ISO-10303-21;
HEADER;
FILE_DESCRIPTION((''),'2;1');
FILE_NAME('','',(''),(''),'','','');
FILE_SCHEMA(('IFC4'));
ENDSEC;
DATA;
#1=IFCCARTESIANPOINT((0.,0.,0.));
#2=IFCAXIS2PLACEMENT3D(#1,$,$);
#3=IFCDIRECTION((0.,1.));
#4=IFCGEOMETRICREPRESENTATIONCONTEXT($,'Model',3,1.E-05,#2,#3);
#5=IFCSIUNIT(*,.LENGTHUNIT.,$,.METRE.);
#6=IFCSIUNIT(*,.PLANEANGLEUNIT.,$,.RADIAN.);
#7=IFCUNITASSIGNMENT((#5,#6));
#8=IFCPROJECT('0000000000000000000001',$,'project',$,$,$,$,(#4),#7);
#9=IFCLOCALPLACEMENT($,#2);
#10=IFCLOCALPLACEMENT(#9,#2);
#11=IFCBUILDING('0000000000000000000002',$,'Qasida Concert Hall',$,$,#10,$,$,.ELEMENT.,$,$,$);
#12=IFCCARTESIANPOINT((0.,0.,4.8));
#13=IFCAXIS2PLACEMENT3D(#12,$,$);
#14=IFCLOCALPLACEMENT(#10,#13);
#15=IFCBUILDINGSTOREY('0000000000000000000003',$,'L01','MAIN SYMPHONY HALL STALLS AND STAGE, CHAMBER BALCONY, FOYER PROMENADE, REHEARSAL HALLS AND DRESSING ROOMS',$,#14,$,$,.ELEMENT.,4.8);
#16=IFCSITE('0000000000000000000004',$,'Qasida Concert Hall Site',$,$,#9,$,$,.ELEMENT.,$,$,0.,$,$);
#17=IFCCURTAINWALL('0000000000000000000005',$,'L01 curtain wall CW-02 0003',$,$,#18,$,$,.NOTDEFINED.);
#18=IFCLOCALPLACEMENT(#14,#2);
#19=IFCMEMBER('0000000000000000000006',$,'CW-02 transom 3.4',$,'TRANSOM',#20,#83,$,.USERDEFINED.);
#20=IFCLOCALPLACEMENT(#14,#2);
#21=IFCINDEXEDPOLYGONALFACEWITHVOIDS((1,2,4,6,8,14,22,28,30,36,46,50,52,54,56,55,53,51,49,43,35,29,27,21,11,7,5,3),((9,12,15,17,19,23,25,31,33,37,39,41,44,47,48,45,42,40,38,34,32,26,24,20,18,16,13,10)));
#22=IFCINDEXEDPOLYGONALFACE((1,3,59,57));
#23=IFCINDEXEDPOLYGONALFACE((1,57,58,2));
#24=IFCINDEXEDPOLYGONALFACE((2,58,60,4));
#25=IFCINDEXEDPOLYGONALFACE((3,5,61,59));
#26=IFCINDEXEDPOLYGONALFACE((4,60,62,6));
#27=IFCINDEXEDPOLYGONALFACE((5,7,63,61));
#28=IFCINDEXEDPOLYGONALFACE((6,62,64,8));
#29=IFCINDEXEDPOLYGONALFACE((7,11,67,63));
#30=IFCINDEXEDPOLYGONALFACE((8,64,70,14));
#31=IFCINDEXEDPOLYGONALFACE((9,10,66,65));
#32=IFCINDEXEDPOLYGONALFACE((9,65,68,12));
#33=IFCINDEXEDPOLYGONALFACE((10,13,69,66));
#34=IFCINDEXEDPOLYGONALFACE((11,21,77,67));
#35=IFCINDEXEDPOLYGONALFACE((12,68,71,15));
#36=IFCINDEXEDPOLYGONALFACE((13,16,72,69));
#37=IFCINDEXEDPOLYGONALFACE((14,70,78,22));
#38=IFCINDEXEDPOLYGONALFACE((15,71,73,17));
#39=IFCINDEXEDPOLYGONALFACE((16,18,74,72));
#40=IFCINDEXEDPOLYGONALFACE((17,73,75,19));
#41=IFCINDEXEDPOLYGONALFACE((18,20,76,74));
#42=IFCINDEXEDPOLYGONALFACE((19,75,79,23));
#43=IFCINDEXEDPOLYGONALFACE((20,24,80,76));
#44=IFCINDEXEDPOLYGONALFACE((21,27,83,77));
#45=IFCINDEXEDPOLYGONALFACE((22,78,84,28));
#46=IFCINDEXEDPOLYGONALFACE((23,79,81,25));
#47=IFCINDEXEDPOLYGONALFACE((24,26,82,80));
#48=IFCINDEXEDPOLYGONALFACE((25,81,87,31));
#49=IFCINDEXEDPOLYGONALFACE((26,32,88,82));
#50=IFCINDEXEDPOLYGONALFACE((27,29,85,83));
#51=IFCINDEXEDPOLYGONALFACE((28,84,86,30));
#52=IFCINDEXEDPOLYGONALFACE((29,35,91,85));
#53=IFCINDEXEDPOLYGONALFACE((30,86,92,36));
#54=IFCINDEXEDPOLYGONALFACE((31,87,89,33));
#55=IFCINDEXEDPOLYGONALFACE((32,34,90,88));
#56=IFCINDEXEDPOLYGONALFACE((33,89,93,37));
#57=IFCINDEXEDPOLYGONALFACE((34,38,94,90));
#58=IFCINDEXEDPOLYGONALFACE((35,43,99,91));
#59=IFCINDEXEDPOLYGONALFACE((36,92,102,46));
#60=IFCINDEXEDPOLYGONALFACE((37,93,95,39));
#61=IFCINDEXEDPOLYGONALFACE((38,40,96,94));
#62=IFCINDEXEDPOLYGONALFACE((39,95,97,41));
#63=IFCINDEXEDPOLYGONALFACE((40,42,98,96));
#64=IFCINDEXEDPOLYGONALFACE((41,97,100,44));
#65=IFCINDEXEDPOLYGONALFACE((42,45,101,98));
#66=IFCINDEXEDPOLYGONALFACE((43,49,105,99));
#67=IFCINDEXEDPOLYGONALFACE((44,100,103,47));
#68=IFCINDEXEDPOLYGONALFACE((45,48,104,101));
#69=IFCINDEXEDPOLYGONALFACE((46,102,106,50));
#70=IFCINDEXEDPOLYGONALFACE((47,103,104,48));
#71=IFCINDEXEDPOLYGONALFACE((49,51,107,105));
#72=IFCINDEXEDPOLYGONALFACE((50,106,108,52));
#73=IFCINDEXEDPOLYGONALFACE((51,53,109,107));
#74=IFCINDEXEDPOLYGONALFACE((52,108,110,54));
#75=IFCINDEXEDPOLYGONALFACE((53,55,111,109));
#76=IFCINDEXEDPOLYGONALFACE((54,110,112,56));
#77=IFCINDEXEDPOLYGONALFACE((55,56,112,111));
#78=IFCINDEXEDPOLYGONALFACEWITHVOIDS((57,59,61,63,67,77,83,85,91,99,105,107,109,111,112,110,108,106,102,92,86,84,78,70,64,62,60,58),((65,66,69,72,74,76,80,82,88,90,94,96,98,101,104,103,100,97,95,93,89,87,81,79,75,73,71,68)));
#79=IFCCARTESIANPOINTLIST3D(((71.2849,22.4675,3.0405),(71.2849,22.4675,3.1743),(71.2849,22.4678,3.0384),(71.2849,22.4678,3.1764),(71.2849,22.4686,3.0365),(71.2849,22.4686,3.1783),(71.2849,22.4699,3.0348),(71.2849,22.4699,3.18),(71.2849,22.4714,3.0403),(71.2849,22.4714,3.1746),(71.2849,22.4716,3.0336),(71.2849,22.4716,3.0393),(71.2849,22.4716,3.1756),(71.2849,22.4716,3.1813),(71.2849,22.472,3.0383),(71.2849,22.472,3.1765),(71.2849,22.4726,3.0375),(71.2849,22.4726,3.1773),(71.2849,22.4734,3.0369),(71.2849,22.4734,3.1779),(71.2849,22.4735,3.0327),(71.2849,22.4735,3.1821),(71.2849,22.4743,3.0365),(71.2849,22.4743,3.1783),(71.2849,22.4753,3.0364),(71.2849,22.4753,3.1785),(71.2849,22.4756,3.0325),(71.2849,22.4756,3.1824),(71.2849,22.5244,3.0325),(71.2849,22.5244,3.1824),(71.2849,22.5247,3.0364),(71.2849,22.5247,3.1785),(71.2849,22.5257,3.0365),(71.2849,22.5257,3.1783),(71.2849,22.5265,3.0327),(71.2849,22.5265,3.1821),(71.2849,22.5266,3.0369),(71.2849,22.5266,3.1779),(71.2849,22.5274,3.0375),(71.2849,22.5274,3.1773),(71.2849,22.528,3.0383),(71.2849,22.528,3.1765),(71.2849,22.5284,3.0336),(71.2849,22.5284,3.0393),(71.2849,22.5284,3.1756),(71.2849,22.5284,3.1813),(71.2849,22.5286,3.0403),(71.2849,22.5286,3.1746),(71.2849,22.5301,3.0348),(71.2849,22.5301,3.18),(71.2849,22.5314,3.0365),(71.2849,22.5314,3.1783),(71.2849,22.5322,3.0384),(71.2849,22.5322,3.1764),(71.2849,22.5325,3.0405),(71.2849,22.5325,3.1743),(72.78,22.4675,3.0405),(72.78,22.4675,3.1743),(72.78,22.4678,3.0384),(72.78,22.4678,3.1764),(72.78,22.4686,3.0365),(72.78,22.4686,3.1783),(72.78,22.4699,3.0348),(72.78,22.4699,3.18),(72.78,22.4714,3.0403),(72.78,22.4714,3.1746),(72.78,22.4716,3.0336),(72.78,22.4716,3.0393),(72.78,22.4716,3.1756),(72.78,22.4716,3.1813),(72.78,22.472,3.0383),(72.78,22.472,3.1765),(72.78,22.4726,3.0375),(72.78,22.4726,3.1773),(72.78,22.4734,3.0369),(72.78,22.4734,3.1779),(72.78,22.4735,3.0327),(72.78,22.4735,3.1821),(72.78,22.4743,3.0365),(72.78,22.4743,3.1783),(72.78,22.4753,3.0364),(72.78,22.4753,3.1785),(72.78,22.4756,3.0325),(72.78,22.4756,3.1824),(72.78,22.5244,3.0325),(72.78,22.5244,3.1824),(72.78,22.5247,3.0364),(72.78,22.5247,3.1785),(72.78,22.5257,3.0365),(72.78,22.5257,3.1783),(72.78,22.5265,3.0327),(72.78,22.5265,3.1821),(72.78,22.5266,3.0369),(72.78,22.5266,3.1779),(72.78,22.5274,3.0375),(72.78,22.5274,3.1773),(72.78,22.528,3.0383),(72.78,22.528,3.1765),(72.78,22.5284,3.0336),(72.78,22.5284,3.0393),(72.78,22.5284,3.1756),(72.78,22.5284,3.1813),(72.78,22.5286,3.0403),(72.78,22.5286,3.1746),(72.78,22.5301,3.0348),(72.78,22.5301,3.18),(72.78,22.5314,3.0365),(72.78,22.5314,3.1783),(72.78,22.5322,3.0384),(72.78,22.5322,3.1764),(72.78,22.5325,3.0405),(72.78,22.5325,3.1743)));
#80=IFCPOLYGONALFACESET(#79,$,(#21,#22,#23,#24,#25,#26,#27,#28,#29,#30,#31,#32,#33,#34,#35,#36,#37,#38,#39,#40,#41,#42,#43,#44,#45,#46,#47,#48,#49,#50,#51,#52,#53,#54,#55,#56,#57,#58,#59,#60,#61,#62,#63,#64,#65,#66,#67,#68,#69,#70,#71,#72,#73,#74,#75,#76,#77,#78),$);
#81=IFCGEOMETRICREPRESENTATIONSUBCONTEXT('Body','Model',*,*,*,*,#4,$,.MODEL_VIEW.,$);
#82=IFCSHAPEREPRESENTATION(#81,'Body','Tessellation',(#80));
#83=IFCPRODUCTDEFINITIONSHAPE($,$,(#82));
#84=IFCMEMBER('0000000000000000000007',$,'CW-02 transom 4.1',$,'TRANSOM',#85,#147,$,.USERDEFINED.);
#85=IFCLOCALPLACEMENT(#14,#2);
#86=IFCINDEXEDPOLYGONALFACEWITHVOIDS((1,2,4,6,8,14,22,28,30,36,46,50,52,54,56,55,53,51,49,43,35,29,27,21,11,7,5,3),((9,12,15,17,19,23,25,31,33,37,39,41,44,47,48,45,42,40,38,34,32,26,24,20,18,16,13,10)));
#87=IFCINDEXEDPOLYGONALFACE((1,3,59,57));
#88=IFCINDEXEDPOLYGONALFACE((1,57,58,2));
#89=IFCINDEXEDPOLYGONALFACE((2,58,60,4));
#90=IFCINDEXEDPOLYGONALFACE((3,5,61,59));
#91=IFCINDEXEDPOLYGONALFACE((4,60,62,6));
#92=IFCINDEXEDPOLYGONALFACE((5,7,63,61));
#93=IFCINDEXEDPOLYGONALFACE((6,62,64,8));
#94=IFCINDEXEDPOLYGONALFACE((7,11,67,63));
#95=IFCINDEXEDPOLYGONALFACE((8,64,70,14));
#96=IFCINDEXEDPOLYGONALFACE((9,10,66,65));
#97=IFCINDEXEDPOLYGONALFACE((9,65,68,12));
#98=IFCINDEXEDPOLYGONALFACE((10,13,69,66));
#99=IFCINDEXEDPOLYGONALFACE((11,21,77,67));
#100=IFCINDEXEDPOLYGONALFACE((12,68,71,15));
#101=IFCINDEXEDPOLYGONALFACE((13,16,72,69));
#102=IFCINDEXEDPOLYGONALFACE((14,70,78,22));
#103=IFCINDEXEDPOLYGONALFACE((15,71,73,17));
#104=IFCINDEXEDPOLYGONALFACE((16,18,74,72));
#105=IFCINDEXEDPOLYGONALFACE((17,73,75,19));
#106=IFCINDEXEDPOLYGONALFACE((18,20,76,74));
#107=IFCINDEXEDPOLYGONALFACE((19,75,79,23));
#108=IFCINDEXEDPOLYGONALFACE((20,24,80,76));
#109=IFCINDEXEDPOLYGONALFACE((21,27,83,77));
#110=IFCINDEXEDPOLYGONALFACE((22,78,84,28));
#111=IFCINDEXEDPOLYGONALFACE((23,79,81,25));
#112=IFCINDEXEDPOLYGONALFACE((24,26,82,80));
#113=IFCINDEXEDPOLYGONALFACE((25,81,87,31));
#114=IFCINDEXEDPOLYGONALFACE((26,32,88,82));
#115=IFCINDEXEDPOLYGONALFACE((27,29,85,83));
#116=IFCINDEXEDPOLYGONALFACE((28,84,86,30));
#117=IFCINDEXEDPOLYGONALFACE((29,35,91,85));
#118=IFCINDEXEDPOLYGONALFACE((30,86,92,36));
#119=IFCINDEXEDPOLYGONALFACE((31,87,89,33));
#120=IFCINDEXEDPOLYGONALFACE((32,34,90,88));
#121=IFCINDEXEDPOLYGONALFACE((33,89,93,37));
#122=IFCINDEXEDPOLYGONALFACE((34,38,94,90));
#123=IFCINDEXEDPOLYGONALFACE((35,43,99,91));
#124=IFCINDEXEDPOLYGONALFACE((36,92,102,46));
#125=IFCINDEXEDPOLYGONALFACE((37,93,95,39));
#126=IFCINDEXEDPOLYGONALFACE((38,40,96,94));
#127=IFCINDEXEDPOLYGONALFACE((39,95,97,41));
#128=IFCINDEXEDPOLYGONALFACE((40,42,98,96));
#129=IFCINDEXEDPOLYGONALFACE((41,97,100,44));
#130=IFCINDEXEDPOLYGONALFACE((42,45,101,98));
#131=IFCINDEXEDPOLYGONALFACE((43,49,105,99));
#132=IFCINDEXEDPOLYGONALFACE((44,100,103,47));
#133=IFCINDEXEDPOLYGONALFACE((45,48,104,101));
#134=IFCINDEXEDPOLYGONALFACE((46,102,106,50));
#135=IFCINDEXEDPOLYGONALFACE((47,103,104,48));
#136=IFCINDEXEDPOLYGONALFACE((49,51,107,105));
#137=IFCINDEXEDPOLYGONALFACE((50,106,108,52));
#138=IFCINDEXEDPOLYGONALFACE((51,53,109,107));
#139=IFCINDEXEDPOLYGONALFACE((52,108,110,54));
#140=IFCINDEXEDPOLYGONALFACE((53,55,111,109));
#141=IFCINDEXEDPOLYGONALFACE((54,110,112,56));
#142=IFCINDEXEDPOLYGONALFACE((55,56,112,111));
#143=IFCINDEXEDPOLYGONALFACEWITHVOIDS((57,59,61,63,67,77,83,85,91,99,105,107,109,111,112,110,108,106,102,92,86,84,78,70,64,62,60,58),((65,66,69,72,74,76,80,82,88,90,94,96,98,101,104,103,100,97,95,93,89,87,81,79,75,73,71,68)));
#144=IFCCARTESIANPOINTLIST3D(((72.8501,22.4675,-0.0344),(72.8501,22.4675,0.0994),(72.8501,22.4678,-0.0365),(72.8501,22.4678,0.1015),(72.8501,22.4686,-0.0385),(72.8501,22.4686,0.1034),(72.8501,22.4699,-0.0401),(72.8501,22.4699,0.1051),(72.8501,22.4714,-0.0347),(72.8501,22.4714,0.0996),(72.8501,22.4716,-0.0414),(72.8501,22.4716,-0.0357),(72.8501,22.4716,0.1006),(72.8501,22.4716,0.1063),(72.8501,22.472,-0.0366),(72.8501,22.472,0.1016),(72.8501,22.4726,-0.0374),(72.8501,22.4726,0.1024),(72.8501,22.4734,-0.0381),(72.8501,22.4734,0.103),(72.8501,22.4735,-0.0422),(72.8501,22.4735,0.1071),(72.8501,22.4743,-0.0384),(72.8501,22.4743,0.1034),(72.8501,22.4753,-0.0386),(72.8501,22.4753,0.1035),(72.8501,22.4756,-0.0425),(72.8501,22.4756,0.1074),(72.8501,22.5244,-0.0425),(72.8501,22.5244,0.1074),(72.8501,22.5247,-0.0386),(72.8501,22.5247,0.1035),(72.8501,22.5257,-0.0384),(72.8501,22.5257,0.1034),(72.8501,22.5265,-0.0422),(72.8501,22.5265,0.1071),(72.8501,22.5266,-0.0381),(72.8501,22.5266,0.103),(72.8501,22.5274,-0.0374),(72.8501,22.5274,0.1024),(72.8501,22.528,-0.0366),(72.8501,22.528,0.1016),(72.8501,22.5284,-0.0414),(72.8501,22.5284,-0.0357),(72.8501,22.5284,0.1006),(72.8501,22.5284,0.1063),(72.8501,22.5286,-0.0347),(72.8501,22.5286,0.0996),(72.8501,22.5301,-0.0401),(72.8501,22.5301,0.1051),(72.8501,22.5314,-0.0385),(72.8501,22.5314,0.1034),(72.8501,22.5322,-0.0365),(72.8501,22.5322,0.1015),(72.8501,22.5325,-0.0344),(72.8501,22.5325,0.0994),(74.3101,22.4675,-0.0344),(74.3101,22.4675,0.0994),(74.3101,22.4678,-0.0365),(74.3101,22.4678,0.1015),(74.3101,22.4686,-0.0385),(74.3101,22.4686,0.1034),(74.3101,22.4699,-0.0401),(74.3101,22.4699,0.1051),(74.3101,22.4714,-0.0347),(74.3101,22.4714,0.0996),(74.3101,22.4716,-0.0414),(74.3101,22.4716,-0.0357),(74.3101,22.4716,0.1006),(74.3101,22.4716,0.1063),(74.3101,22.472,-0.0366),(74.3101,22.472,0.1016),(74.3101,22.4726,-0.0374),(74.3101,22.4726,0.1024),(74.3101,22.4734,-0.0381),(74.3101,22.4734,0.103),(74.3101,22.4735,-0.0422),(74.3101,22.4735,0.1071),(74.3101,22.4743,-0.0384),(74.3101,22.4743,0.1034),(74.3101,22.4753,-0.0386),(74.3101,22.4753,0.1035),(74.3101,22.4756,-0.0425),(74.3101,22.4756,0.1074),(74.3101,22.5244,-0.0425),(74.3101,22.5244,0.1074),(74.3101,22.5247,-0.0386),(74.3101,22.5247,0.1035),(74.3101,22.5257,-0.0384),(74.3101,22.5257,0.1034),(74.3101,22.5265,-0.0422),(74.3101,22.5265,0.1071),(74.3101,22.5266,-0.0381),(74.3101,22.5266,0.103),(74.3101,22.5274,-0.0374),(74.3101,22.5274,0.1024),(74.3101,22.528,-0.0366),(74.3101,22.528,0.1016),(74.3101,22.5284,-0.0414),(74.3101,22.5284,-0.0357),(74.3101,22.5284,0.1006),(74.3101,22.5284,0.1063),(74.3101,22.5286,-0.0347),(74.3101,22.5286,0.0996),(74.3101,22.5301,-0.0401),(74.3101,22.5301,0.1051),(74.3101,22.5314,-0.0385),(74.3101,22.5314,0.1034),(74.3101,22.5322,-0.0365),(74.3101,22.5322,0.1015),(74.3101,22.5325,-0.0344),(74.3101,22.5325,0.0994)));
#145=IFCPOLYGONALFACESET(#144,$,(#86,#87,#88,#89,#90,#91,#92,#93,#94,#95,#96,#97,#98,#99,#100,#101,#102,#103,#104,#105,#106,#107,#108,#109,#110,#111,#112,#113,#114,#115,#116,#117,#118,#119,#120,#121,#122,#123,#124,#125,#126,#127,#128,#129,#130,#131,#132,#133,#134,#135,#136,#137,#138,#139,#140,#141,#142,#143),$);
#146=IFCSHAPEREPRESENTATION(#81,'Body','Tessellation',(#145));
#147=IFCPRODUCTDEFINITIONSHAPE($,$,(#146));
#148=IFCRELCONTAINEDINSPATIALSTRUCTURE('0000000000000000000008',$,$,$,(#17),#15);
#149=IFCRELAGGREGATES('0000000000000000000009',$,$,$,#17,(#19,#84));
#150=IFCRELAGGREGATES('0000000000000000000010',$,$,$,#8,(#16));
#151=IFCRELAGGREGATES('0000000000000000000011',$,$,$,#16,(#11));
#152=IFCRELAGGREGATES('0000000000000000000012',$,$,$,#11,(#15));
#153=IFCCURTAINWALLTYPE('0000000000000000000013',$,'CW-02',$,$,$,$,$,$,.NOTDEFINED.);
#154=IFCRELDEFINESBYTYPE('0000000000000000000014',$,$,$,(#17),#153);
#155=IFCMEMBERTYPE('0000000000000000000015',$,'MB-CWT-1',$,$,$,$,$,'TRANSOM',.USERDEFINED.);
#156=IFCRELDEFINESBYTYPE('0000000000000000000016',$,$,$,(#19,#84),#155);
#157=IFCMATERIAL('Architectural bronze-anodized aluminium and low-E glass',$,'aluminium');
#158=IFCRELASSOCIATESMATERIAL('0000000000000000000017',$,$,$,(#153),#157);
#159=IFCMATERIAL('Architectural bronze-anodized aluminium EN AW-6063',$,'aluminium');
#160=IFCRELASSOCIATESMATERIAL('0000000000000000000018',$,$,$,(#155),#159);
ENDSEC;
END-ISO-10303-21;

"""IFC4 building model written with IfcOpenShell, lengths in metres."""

from ifc_helpers import new_model, si_unit, direction, frame, origin, origin_2d, place, context, subcontext, project, spatial, hollow_rectangle, extrude, material, material_profile, profile_set, type_object, element, aggregate, save


model = new_model("IFC4")

# Units and contexts
model_context = context("Model", 3, precision=1e-05, world=origin(), true_north=direction((0.0, 1.0)))
body_context = subcontext(model_context, "Body", "Model", "MODEL_VIEW")
ifc_project = project(units=[si_unit("LENGTHUNIT", "METRE"), si_unit("PLANEANGLEUNIT", "RADIAN")], contexts=[model_context])

# Site, building, storey
site_placement = place(None, origin())
site = spatial("IfcSite", under=ifc_project, at=site_placement, Name="Qasida Concert Hall Site", CompositionType="ELEMENT", RefElevation=0.0)
building_placement = place(site_placement, origin())
building = spatial("IfcBuilding", under=site, at=building_placement, Name="Qasida Concert Hall", CompositionType="ELEMENT")
storey_placement = place(building_placement, frame((0.0, 0.0, 4.8)))
storey = spatial("IfcBuildingStorey", under=building, at=storey_placement, Name="L01", Description="MAIN SYMPHONY HALL STALLS AND STAGE, CHAMBER BALCONY, FOYER PROMENADE, REHEARSAL HALLS AND DRESSING ROOMS", CompositionType="ELEMENT", Elevation=4.8)

# Curtain wall
ifc_material_1 = material(Name="Architectural bronze-anodized aluminium and low-E glass", Category="aluminium")
curtain_wall_type = type_object("IfcCurtainWallType", Name="CW-02", PredefinedType="NOTDEFINED", material=ifc_material_1)
curtain_wall_1_placement = place(storey_placement, origin())
curtain_wall_1 = element("IfcCurtainWall", 1, at=curtain_wall_1_placement, inside=storey, type_object=curtain_wall_type, Name="L01 curtain wall CW-02 0003", PredefinedType="NOTDEFINED")
ifc_material_2 = material(Name="Architectural bronze-anodized aluminium EN AW-6063", Category="aluminium")

# Members
ifc_material_profile_1 = material_profile(ifc_material_2, hollow_rectangle(XDim=0.0649, YDim=0.1499, WallThickness=0.0039, InnerFilletRadius=0.0039, OuterFilletRadius=0.0081, at=origin_2d()), Name="CWT 150x65x4")
ifc_profile_set_1 = profile_set([ifc_material_profile_1], Name="Architectural bronze-anodized aluminium EN AW-6063")
member_type_1 = type_object("IfcMemberType", Name="MB-CWT-1", ElementType="TRANSOM", PredefinedType="USERDEFINED", material=ifc_profile_set_1)
member_1_placement = place(storey_placement, frame((71.2849, 22.5, 3.1074), z_axis=(1.0, 0.0, 0.0), x_axis=(0.0, 1.0, 0.0)))
member_1 = element("IfcMember", 2, at=member_1_placement, type_object=member_type_1, Name="CW-02 transom 3.4", ObjectType="TRANSOM", PredefinedType="USERDEFINED", context=body_context, shape_type="SweptSolid", body=[
    extrude(hollow_rectangle(XDim=0.0649, YDim=0.1499, WallThickness=0.0039, InnerFilletRadius=0.0039, OuterFilletRadius=0.0081, at=origin_2d()), origin(), (0.0, 0.0, 1.0), 1.4951),
])
member_2_placement = place(storey_placement, frame((72.8501, 22.5, 0.0325), z_axis=(1.0, 0.0, 0.0), x_axis=(0.0, 1.0, 0.0)))
member_2 = element("IfcMember", 3, at=member_2_placement, type_object=member_type_1, Name="CW-02 transom 4.1", ObjectType="TRANSOM", PredefinedType="USERDEFINED", context=body_context, shape_type="SweptSolid", body=[
    extrude(hollow_rectangle(XDim=0.0649, YDim=0.1499, WallThickness=0.0039, InnerFilletRadius=0.0039, OuterFilletRadius=0.0081, at=origin_2d()), origin(), (0.0, 0.0, 1.0), 1.46),
])

aggregate(curtain_wall_1, [member_1, member_2])

save(model, "model.ifc")
